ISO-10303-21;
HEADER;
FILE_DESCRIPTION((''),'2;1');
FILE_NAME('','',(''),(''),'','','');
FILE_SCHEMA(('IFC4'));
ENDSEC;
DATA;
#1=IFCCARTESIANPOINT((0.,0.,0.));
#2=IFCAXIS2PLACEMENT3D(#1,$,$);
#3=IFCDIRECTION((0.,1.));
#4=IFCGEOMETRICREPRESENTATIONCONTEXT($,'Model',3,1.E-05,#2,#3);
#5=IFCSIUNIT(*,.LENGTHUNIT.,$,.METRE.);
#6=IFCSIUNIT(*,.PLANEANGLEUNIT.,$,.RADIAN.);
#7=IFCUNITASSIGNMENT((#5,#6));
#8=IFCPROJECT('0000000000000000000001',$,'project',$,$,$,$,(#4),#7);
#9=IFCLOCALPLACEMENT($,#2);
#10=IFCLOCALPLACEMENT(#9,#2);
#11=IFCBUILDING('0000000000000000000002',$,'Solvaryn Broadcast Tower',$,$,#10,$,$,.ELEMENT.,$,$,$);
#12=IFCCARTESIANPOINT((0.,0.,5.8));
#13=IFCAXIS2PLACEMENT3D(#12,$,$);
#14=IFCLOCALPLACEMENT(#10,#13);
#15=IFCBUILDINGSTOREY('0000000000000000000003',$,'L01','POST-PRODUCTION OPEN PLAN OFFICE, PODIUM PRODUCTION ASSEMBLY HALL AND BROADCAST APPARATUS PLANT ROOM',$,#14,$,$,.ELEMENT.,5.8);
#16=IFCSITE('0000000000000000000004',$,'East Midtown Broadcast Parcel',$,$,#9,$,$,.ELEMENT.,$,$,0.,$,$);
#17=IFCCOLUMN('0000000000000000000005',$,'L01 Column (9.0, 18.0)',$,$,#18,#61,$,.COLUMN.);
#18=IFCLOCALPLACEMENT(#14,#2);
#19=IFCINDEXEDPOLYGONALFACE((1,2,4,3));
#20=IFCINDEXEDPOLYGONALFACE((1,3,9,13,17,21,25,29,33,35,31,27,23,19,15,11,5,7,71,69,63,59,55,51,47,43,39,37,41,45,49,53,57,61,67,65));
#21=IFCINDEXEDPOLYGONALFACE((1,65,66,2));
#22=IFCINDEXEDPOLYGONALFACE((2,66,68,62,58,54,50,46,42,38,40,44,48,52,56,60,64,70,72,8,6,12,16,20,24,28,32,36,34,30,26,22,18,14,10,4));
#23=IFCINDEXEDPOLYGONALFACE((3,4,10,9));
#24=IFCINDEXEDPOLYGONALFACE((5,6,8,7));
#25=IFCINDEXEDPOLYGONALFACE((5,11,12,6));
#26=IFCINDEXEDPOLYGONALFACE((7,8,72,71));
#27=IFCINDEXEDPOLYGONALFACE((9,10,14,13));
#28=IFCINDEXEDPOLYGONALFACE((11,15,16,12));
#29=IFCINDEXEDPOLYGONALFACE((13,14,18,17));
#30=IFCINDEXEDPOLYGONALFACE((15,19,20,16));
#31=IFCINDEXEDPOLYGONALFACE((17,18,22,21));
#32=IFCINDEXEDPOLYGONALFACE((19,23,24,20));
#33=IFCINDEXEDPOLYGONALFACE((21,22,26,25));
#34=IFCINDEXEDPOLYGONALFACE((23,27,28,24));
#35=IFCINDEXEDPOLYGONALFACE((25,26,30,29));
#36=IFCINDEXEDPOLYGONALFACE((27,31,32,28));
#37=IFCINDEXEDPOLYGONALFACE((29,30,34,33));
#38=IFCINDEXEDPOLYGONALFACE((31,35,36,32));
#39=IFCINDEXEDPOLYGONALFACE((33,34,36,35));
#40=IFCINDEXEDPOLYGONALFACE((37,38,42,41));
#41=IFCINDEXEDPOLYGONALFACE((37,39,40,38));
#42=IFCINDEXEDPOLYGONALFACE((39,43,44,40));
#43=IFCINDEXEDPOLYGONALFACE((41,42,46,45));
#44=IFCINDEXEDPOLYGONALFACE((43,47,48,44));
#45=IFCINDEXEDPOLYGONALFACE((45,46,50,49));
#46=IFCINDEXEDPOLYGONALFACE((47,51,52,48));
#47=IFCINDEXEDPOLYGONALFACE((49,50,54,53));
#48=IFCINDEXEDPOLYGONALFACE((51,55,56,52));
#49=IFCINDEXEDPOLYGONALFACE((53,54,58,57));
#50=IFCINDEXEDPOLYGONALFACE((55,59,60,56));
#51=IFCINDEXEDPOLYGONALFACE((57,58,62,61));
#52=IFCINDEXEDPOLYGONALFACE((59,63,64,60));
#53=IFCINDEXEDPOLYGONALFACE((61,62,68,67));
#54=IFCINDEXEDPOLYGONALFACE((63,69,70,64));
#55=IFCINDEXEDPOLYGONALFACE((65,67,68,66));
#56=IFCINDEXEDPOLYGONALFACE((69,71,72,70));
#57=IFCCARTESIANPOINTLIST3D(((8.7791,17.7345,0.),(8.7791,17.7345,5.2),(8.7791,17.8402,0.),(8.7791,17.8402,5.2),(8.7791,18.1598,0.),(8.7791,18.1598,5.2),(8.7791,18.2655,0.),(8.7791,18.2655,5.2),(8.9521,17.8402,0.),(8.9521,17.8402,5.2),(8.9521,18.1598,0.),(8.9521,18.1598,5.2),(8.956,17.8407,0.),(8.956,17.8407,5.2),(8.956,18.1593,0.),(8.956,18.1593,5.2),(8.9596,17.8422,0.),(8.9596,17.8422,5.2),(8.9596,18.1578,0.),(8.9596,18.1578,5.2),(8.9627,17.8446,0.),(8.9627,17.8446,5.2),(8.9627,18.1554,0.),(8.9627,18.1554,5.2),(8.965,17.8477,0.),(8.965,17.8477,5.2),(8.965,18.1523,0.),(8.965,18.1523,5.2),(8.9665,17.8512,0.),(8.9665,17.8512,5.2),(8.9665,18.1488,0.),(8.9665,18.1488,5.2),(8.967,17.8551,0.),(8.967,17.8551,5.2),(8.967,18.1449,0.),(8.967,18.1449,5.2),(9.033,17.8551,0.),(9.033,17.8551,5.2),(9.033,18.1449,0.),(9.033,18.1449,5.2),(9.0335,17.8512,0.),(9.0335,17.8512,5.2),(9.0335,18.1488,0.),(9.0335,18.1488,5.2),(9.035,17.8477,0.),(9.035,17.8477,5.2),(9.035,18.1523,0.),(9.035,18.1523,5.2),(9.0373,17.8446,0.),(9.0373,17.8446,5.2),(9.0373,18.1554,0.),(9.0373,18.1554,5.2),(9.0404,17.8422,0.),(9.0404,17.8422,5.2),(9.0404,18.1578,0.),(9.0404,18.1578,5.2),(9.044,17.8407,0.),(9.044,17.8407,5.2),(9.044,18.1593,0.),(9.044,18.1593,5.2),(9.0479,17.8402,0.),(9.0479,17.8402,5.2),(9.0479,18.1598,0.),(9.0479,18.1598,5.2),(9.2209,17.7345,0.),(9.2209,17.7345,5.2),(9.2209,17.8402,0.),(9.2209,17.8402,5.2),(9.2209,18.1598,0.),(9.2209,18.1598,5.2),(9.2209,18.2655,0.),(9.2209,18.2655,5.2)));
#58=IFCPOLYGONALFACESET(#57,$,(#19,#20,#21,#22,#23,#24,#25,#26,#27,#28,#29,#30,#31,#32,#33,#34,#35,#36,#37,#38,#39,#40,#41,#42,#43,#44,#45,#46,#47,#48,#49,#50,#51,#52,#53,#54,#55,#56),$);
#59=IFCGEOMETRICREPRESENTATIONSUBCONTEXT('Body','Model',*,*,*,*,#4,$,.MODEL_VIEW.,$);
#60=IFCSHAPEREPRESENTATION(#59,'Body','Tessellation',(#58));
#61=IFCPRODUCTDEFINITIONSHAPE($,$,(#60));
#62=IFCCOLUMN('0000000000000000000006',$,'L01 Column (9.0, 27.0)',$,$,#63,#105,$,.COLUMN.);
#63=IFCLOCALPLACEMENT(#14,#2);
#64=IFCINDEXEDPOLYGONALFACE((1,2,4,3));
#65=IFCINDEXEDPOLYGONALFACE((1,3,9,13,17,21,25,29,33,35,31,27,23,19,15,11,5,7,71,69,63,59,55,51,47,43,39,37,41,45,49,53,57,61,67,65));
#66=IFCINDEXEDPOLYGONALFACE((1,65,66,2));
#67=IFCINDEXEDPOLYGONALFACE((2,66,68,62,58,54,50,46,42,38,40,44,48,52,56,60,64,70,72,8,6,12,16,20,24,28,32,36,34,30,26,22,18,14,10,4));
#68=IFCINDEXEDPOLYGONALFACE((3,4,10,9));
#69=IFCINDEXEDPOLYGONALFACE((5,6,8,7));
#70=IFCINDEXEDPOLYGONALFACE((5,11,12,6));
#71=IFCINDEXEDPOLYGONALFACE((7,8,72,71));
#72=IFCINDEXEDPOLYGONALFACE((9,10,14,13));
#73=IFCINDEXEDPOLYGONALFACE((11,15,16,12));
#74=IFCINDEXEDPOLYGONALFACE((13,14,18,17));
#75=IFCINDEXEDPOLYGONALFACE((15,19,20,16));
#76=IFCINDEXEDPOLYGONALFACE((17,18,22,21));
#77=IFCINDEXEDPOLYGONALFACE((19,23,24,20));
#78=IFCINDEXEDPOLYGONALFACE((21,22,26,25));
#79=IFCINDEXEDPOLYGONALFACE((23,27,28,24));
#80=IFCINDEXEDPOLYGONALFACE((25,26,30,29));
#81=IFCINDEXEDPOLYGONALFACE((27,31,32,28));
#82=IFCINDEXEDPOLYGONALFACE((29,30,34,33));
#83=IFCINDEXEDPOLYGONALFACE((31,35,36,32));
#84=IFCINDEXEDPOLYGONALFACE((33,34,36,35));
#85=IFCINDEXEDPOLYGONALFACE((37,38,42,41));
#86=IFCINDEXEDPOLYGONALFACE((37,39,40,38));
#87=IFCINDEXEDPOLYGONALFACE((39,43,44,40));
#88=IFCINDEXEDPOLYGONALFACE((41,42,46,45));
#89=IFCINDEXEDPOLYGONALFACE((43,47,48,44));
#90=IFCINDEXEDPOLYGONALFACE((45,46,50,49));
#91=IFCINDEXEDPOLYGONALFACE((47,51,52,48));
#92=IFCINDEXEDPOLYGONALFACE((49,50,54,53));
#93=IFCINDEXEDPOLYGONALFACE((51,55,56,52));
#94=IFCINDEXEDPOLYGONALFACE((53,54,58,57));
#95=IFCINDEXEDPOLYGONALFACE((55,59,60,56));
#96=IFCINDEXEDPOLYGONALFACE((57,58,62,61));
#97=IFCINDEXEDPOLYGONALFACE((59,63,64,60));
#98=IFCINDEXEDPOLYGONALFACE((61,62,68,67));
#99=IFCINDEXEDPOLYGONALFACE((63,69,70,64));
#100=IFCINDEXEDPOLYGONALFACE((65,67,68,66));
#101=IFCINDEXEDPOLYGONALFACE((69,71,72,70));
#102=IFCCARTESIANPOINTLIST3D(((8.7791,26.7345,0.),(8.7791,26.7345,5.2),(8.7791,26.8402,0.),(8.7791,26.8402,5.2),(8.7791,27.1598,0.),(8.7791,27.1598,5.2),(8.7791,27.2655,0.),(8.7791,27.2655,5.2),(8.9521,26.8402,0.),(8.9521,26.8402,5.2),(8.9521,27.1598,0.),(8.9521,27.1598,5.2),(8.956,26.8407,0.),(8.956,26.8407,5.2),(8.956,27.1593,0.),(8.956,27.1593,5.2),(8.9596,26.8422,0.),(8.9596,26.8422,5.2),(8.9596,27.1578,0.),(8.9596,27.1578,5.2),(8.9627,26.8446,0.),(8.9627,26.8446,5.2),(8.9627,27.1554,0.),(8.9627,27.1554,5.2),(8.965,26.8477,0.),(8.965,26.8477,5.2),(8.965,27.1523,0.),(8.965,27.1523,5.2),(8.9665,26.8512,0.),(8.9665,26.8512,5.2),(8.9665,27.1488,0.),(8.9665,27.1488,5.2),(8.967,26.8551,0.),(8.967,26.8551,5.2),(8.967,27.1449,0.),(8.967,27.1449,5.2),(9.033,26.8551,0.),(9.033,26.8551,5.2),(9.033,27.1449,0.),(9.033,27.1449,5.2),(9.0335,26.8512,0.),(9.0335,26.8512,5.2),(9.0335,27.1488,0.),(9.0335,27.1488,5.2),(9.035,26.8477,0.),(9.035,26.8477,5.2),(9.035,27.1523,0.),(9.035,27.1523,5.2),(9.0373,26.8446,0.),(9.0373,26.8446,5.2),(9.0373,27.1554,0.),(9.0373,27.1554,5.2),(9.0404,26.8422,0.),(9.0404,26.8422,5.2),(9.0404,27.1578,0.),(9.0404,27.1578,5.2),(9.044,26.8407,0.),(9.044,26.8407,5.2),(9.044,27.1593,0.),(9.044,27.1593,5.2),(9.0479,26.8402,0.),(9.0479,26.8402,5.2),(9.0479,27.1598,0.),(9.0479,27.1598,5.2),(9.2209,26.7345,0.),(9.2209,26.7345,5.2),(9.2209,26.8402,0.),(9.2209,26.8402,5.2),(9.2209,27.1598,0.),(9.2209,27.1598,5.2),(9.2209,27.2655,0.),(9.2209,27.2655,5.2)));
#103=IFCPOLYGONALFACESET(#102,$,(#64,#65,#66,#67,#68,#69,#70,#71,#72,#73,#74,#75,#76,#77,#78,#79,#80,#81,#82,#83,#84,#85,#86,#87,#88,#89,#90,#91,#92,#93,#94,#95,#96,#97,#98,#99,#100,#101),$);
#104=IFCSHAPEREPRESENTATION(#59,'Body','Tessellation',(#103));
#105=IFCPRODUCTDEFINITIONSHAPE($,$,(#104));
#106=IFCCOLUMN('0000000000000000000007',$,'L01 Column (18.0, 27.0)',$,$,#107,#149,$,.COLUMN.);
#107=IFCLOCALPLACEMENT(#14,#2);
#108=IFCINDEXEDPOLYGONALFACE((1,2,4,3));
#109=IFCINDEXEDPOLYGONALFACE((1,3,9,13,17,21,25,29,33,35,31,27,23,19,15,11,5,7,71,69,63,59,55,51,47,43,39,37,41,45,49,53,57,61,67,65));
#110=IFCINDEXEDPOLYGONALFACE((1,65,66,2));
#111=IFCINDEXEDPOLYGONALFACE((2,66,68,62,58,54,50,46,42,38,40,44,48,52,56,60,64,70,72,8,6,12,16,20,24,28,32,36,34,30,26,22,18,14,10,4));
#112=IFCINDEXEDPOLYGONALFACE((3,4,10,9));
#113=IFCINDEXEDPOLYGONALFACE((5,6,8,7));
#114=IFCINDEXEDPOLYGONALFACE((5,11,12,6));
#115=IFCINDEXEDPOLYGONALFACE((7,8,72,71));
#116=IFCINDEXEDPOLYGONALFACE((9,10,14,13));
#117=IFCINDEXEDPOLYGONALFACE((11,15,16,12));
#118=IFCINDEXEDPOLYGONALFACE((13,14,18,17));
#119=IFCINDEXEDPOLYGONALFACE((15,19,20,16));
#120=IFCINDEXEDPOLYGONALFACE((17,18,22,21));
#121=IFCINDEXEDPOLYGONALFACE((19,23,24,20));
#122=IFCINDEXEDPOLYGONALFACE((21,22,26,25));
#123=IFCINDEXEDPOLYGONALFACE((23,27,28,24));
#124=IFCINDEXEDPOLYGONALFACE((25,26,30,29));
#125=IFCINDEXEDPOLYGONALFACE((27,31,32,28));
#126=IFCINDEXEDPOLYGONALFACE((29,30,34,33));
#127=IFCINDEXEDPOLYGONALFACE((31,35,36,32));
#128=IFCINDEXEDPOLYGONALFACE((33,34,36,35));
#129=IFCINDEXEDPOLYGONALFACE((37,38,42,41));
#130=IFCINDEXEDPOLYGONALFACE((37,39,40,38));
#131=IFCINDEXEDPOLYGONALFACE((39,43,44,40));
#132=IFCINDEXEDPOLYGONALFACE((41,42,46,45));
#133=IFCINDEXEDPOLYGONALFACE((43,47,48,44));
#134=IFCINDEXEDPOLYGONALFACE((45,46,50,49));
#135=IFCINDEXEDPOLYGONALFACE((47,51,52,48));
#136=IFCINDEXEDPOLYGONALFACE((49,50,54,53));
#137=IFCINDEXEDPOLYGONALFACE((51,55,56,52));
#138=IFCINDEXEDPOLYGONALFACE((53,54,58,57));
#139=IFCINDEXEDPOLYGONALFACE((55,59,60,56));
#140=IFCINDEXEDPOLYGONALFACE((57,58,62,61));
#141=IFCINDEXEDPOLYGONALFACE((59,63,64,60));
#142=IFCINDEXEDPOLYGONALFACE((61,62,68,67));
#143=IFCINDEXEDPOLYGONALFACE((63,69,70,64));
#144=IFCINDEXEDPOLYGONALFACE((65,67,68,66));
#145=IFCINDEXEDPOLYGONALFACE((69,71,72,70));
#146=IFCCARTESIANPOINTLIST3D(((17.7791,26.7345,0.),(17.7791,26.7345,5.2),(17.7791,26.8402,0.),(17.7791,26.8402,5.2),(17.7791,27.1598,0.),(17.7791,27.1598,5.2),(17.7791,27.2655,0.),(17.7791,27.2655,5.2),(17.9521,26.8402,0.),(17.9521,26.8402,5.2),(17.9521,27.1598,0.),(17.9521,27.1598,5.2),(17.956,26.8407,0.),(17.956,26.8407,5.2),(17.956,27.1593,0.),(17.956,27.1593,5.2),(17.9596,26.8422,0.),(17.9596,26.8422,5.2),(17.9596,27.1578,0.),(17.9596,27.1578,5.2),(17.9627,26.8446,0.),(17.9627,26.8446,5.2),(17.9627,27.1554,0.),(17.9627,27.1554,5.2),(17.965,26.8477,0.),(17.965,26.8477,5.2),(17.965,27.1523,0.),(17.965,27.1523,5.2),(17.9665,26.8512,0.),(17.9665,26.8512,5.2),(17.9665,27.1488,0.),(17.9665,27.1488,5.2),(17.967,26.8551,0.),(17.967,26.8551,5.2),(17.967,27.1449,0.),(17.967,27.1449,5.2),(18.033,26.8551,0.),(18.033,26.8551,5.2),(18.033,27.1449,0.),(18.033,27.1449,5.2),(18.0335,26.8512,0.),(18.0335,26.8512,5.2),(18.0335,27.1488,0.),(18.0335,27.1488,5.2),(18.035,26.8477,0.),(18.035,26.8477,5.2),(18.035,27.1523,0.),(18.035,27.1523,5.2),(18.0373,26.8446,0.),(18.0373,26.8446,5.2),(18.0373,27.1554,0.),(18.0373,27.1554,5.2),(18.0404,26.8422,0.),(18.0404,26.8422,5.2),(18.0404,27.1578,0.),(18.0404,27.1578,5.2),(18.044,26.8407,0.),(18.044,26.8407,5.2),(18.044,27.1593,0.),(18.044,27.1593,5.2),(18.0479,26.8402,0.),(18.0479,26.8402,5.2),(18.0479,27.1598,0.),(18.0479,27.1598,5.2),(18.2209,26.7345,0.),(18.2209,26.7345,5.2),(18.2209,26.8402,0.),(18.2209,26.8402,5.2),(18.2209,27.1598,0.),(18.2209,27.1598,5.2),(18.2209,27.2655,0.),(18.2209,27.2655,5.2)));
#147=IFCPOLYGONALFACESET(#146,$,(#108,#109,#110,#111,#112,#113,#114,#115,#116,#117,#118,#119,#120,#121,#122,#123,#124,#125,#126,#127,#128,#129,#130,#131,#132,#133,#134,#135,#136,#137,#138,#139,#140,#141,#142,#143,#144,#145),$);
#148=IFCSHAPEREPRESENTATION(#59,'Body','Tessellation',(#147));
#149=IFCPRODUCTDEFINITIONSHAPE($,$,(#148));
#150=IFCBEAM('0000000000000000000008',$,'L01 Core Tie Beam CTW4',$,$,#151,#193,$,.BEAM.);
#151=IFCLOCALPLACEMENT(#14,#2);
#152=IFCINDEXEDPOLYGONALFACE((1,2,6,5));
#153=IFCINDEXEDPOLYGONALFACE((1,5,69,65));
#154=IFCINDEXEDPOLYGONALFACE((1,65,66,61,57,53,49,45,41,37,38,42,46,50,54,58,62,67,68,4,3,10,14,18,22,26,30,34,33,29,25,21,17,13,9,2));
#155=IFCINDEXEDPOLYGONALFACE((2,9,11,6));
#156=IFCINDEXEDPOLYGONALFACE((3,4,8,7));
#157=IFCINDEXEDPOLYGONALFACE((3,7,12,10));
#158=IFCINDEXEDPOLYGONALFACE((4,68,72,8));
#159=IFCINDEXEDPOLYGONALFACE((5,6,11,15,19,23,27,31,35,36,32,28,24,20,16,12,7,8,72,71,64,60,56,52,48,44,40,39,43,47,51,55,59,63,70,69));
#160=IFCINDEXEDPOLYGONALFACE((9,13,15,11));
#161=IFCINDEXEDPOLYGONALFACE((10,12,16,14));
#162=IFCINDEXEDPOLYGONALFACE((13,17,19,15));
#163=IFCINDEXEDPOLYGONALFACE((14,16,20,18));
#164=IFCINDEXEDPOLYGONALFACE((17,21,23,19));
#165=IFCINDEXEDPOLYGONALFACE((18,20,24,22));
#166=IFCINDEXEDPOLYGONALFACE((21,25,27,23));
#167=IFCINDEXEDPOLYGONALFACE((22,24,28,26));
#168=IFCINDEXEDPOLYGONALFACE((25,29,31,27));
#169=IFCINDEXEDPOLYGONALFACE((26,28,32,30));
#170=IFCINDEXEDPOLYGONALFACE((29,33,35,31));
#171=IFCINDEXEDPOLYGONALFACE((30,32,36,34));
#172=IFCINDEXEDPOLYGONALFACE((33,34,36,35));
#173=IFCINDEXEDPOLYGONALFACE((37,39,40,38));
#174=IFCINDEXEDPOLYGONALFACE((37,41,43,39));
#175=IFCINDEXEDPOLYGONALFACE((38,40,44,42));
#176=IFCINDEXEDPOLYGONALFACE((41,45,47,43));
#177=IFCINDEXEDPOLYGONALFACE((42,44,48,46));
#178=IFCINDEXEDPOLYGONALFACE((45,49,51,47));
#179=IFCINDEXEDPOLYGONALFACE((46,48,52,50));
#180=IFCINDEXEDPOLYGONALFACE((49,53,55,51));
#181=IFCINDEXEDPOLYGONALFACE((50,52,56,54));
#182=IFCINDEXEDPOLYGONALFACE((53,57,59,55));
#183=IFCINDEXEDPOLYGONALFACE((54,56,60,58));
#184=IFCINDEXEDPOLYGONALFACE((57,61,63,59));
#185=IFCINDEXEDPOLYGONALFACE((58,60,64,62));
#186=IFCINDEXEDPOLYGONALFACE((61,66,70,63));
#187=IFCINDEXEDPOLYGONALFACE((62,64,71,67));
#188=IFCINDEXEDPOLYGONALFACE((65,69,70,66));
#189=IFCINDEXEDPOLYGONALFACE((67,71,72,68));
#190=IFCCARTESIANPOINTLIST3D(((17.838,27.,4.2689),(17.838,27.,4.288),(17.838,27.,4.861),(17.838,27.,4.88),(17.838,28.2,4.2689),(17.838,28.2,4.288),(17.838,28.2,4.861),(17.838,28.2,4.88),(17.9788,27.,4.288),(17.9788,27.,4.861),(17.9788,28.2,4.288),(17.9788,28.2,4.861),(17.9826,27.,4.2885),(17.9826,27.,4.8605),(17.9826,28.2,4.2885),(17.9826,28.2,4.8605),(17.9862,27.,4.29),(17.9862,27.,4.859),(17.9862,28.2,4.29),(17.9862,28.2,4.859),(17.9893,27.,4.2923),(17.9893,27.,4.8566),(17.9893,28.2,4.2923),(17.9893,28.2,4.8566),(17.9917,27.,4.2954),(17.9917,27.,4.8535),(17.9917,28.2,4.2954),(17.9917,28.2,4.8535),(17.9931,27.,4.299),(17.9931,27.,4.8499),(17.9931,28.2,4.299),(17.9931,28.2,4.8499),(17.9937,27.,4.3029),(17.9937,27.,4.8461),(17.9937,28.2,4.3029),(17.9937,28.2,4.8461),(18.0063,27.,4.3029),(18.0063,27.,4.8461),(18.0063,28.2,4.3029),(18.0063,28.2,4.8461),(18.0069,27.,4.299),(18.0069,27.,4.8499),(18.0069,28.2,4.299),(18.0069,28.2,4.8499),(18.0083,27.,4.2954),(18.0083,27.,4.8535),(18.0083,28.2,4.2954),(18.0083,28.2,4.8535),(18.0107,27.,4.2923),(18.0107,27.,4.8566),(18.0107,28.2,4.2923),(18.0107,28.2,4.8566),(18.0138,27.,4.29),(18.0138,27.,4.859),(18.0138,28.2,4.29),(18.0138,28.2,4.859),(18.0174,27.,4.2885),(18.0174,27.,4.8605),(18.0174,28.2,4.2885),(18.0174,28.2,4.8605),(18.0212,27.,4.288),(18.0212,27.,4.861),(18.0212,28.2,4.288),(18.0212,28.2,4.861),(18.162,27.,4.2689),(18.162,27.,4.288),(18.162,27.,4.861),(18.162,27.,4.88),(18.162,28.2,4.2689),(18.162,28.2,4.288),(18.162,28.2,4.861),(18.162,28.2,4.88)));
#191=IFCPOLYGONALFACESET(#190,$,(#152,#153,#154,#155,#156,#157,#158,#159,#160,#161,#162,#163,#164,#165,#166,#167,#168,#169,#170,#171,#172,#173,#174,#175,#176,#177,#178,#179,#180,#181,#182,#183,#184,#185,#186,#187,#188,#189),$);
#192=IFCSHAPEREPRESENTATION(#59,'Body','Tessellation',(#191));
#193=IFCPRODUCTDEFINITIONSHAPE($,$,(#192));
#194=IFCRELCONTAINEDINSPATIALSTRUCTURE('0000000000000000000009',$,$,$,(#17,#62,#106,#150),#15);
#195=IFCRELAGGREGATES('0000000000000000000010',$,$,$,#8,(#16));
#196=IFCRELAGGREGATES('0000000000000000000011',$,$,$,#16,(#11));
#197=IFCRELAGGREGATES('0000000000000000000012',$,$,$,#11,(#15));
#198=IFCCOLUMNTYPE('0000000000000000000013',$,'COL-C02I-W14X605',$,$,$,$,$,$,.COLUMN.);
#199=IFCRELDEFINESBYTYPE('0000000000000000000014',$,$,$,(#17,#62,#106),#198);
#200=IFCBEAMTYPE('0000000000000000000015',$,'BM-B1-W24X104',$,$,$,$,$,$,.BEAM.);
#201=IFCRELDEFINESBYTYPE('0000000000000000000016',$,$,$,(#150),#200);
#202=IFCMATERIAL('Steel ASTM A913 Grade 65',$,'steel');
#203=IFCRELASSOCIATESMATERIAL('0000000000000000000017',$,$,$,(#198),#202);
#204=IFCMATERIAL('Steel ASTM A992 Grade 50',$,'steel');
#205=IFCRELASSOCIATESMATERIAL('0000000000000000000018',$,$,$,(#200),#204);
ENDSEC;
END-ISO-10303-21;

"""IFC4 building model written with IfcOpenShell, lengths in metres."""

from ifc_helpers import new_model, si_unit, direction, frame, origin, origin_2d, place, context, subcontext, project, spatial, i_section, extrude, material, material_profile, profile_set, type_object, element, save


model = new_model("IFC4")

# Units and contexts
model_context = context("Model", 3, precision=1e-05, world=origin(), true_north=direction((0.0, 1.0)))
body_context = subcontext(model_context, "Body", "Model", "MODEL_VIEW")
ifc_project = project(units=[si_unit("LENGTHUNIT", "METRE"), si_unit("PLANEANGLEUNIT", "RADIAN")], contexts=[model_context])

# Site, building, storey
site_placement = place(None, origin())
site = spatial("IfcSite", under=ifc_project, at=site_placement, Name="East Midtown Broadcast Parcel", CompositionType="ELEMENT", RefElevation=0.0)
building_placement = place(site_placement, origin())
building = spatial("IfcBuilding", under=site, at=building_placement, Name="Solvaryn Broadcast Tower", CompositionType="ELEMENT")
storey_placement = place(building_placement, frame((0.0, 0.0, 5.8)))
storey = spatial("IfcBuildingStorey", under=building, at=storey_placement, Name="L01", Description="POST-PRODUCTION OPEN PLAN OFFICE, PODIUM PRODUCTION ASSEMBLY HALL AND BROADCAST APPARATUS PLANT ROOM", CompositionType="ELEMENT", Elevation=5.8)

# Columns
ifc_material_1 = material(Name="Steel ASTM A913 Grade 65", Category="steel")
ifc_material_profile_1 = material_profile(ifc_material_1, i_section(OverallWidth=0.4419, OverallDepth=0.531, WebThickness=0.0659, FlangeThickness=0.1057, FilletRadius=0.0149, at=origin_2d()))
ifc_profile_set_1 = profile_set([ifc_material_profile_1], Name="Steel ASTM A913 Grade 65")
column_type = type_object("IfcColumnType", Name="COL-C02I-W14X605", PredefinedType="COLUMN", material=ifc_profile_set_1)
for number, where, z_axis, x_axis, name in (
    (1, (9.0, 18.0, 0.0), (0.0, 0.0, 1.0), (1.0, 0.0, 0.0), "L01 Column (9.0, 18.0)"),
    (2, (9.0, 27.0, 0.0), (0.0, 0.0, 1.0), (1.0, 0.0, 0.0), "L01 Column (9.0, 27.0)"),
    (3, (18.0, 27.0, 0.0), (0.0, 0.0, 1.0), (1.0, 0.0, 0.0), "L01 Column (18.0, 27.0)"),
):
    element("IfcColumn", number, at=place(storey_placement, frame(where, z_axis=z_axis, x_axis=x_axis)), inside=storey, type_object=column_type, Name=name, PredefinedType="COLUMN", context=body_context, shape_type="SweptSolid", body=[
        extrude(i_section(OverallWidth=0.4419, OverallDepth=0.531, WebThickness=0.0659, FlangeThickness=0.1057, FilletRadius=0.0149, at=origin_2d()), origin(), (0.0, 0.0, 1.0), 5.2),
    ])

# Beam
ifc_material_2 = material(Name="Steel ASTM A992 Grade 50", Category="steel")
ifc_material_profile_2 = material_profile(ifc_material_2, i_section(OverallWidth=0.324, OverallDepth=0.6111, WebThickness=0.0127, FlangeThickness=0.019, FilletRadius=0.0149, at=origin_2d()))
ifc_profile_set_2 = profile_set([ifc_material_profile_2], Name="Steel ASTM A992 Grade 50")
beam_type_1 = type_object("IfcBeamType", Name="BM-B1-W24X104", PredefinedType="BEAM", material=ifc_profile_set_2)
beam_1_placement = place(storey_placement, frame((18.0, 27.0, 4.5745), z_axis=(0.0, 1.0, 0.0), x_axis=(-1.0, 0.0, 0.0)))
element("IfcBeam", 4, at=beam_1_placement, inside=storey, type_object=beam_type_1, Name="L01 Core Tie Beam CTW4", PredefinedType="BEAM", context=body_context, shape_type="SweptSolid", body=[
    extrude(i_section(OverallWidth=0.324, OverallDepth=0.6111, WebThickness=0.0127, FlangeThickness=0.019, FilletRadius=0.0149, at=origin_2d()), origin(), (0.0, 0.0, 1.0), 1.2),
])

save(model, "model.ifc")
